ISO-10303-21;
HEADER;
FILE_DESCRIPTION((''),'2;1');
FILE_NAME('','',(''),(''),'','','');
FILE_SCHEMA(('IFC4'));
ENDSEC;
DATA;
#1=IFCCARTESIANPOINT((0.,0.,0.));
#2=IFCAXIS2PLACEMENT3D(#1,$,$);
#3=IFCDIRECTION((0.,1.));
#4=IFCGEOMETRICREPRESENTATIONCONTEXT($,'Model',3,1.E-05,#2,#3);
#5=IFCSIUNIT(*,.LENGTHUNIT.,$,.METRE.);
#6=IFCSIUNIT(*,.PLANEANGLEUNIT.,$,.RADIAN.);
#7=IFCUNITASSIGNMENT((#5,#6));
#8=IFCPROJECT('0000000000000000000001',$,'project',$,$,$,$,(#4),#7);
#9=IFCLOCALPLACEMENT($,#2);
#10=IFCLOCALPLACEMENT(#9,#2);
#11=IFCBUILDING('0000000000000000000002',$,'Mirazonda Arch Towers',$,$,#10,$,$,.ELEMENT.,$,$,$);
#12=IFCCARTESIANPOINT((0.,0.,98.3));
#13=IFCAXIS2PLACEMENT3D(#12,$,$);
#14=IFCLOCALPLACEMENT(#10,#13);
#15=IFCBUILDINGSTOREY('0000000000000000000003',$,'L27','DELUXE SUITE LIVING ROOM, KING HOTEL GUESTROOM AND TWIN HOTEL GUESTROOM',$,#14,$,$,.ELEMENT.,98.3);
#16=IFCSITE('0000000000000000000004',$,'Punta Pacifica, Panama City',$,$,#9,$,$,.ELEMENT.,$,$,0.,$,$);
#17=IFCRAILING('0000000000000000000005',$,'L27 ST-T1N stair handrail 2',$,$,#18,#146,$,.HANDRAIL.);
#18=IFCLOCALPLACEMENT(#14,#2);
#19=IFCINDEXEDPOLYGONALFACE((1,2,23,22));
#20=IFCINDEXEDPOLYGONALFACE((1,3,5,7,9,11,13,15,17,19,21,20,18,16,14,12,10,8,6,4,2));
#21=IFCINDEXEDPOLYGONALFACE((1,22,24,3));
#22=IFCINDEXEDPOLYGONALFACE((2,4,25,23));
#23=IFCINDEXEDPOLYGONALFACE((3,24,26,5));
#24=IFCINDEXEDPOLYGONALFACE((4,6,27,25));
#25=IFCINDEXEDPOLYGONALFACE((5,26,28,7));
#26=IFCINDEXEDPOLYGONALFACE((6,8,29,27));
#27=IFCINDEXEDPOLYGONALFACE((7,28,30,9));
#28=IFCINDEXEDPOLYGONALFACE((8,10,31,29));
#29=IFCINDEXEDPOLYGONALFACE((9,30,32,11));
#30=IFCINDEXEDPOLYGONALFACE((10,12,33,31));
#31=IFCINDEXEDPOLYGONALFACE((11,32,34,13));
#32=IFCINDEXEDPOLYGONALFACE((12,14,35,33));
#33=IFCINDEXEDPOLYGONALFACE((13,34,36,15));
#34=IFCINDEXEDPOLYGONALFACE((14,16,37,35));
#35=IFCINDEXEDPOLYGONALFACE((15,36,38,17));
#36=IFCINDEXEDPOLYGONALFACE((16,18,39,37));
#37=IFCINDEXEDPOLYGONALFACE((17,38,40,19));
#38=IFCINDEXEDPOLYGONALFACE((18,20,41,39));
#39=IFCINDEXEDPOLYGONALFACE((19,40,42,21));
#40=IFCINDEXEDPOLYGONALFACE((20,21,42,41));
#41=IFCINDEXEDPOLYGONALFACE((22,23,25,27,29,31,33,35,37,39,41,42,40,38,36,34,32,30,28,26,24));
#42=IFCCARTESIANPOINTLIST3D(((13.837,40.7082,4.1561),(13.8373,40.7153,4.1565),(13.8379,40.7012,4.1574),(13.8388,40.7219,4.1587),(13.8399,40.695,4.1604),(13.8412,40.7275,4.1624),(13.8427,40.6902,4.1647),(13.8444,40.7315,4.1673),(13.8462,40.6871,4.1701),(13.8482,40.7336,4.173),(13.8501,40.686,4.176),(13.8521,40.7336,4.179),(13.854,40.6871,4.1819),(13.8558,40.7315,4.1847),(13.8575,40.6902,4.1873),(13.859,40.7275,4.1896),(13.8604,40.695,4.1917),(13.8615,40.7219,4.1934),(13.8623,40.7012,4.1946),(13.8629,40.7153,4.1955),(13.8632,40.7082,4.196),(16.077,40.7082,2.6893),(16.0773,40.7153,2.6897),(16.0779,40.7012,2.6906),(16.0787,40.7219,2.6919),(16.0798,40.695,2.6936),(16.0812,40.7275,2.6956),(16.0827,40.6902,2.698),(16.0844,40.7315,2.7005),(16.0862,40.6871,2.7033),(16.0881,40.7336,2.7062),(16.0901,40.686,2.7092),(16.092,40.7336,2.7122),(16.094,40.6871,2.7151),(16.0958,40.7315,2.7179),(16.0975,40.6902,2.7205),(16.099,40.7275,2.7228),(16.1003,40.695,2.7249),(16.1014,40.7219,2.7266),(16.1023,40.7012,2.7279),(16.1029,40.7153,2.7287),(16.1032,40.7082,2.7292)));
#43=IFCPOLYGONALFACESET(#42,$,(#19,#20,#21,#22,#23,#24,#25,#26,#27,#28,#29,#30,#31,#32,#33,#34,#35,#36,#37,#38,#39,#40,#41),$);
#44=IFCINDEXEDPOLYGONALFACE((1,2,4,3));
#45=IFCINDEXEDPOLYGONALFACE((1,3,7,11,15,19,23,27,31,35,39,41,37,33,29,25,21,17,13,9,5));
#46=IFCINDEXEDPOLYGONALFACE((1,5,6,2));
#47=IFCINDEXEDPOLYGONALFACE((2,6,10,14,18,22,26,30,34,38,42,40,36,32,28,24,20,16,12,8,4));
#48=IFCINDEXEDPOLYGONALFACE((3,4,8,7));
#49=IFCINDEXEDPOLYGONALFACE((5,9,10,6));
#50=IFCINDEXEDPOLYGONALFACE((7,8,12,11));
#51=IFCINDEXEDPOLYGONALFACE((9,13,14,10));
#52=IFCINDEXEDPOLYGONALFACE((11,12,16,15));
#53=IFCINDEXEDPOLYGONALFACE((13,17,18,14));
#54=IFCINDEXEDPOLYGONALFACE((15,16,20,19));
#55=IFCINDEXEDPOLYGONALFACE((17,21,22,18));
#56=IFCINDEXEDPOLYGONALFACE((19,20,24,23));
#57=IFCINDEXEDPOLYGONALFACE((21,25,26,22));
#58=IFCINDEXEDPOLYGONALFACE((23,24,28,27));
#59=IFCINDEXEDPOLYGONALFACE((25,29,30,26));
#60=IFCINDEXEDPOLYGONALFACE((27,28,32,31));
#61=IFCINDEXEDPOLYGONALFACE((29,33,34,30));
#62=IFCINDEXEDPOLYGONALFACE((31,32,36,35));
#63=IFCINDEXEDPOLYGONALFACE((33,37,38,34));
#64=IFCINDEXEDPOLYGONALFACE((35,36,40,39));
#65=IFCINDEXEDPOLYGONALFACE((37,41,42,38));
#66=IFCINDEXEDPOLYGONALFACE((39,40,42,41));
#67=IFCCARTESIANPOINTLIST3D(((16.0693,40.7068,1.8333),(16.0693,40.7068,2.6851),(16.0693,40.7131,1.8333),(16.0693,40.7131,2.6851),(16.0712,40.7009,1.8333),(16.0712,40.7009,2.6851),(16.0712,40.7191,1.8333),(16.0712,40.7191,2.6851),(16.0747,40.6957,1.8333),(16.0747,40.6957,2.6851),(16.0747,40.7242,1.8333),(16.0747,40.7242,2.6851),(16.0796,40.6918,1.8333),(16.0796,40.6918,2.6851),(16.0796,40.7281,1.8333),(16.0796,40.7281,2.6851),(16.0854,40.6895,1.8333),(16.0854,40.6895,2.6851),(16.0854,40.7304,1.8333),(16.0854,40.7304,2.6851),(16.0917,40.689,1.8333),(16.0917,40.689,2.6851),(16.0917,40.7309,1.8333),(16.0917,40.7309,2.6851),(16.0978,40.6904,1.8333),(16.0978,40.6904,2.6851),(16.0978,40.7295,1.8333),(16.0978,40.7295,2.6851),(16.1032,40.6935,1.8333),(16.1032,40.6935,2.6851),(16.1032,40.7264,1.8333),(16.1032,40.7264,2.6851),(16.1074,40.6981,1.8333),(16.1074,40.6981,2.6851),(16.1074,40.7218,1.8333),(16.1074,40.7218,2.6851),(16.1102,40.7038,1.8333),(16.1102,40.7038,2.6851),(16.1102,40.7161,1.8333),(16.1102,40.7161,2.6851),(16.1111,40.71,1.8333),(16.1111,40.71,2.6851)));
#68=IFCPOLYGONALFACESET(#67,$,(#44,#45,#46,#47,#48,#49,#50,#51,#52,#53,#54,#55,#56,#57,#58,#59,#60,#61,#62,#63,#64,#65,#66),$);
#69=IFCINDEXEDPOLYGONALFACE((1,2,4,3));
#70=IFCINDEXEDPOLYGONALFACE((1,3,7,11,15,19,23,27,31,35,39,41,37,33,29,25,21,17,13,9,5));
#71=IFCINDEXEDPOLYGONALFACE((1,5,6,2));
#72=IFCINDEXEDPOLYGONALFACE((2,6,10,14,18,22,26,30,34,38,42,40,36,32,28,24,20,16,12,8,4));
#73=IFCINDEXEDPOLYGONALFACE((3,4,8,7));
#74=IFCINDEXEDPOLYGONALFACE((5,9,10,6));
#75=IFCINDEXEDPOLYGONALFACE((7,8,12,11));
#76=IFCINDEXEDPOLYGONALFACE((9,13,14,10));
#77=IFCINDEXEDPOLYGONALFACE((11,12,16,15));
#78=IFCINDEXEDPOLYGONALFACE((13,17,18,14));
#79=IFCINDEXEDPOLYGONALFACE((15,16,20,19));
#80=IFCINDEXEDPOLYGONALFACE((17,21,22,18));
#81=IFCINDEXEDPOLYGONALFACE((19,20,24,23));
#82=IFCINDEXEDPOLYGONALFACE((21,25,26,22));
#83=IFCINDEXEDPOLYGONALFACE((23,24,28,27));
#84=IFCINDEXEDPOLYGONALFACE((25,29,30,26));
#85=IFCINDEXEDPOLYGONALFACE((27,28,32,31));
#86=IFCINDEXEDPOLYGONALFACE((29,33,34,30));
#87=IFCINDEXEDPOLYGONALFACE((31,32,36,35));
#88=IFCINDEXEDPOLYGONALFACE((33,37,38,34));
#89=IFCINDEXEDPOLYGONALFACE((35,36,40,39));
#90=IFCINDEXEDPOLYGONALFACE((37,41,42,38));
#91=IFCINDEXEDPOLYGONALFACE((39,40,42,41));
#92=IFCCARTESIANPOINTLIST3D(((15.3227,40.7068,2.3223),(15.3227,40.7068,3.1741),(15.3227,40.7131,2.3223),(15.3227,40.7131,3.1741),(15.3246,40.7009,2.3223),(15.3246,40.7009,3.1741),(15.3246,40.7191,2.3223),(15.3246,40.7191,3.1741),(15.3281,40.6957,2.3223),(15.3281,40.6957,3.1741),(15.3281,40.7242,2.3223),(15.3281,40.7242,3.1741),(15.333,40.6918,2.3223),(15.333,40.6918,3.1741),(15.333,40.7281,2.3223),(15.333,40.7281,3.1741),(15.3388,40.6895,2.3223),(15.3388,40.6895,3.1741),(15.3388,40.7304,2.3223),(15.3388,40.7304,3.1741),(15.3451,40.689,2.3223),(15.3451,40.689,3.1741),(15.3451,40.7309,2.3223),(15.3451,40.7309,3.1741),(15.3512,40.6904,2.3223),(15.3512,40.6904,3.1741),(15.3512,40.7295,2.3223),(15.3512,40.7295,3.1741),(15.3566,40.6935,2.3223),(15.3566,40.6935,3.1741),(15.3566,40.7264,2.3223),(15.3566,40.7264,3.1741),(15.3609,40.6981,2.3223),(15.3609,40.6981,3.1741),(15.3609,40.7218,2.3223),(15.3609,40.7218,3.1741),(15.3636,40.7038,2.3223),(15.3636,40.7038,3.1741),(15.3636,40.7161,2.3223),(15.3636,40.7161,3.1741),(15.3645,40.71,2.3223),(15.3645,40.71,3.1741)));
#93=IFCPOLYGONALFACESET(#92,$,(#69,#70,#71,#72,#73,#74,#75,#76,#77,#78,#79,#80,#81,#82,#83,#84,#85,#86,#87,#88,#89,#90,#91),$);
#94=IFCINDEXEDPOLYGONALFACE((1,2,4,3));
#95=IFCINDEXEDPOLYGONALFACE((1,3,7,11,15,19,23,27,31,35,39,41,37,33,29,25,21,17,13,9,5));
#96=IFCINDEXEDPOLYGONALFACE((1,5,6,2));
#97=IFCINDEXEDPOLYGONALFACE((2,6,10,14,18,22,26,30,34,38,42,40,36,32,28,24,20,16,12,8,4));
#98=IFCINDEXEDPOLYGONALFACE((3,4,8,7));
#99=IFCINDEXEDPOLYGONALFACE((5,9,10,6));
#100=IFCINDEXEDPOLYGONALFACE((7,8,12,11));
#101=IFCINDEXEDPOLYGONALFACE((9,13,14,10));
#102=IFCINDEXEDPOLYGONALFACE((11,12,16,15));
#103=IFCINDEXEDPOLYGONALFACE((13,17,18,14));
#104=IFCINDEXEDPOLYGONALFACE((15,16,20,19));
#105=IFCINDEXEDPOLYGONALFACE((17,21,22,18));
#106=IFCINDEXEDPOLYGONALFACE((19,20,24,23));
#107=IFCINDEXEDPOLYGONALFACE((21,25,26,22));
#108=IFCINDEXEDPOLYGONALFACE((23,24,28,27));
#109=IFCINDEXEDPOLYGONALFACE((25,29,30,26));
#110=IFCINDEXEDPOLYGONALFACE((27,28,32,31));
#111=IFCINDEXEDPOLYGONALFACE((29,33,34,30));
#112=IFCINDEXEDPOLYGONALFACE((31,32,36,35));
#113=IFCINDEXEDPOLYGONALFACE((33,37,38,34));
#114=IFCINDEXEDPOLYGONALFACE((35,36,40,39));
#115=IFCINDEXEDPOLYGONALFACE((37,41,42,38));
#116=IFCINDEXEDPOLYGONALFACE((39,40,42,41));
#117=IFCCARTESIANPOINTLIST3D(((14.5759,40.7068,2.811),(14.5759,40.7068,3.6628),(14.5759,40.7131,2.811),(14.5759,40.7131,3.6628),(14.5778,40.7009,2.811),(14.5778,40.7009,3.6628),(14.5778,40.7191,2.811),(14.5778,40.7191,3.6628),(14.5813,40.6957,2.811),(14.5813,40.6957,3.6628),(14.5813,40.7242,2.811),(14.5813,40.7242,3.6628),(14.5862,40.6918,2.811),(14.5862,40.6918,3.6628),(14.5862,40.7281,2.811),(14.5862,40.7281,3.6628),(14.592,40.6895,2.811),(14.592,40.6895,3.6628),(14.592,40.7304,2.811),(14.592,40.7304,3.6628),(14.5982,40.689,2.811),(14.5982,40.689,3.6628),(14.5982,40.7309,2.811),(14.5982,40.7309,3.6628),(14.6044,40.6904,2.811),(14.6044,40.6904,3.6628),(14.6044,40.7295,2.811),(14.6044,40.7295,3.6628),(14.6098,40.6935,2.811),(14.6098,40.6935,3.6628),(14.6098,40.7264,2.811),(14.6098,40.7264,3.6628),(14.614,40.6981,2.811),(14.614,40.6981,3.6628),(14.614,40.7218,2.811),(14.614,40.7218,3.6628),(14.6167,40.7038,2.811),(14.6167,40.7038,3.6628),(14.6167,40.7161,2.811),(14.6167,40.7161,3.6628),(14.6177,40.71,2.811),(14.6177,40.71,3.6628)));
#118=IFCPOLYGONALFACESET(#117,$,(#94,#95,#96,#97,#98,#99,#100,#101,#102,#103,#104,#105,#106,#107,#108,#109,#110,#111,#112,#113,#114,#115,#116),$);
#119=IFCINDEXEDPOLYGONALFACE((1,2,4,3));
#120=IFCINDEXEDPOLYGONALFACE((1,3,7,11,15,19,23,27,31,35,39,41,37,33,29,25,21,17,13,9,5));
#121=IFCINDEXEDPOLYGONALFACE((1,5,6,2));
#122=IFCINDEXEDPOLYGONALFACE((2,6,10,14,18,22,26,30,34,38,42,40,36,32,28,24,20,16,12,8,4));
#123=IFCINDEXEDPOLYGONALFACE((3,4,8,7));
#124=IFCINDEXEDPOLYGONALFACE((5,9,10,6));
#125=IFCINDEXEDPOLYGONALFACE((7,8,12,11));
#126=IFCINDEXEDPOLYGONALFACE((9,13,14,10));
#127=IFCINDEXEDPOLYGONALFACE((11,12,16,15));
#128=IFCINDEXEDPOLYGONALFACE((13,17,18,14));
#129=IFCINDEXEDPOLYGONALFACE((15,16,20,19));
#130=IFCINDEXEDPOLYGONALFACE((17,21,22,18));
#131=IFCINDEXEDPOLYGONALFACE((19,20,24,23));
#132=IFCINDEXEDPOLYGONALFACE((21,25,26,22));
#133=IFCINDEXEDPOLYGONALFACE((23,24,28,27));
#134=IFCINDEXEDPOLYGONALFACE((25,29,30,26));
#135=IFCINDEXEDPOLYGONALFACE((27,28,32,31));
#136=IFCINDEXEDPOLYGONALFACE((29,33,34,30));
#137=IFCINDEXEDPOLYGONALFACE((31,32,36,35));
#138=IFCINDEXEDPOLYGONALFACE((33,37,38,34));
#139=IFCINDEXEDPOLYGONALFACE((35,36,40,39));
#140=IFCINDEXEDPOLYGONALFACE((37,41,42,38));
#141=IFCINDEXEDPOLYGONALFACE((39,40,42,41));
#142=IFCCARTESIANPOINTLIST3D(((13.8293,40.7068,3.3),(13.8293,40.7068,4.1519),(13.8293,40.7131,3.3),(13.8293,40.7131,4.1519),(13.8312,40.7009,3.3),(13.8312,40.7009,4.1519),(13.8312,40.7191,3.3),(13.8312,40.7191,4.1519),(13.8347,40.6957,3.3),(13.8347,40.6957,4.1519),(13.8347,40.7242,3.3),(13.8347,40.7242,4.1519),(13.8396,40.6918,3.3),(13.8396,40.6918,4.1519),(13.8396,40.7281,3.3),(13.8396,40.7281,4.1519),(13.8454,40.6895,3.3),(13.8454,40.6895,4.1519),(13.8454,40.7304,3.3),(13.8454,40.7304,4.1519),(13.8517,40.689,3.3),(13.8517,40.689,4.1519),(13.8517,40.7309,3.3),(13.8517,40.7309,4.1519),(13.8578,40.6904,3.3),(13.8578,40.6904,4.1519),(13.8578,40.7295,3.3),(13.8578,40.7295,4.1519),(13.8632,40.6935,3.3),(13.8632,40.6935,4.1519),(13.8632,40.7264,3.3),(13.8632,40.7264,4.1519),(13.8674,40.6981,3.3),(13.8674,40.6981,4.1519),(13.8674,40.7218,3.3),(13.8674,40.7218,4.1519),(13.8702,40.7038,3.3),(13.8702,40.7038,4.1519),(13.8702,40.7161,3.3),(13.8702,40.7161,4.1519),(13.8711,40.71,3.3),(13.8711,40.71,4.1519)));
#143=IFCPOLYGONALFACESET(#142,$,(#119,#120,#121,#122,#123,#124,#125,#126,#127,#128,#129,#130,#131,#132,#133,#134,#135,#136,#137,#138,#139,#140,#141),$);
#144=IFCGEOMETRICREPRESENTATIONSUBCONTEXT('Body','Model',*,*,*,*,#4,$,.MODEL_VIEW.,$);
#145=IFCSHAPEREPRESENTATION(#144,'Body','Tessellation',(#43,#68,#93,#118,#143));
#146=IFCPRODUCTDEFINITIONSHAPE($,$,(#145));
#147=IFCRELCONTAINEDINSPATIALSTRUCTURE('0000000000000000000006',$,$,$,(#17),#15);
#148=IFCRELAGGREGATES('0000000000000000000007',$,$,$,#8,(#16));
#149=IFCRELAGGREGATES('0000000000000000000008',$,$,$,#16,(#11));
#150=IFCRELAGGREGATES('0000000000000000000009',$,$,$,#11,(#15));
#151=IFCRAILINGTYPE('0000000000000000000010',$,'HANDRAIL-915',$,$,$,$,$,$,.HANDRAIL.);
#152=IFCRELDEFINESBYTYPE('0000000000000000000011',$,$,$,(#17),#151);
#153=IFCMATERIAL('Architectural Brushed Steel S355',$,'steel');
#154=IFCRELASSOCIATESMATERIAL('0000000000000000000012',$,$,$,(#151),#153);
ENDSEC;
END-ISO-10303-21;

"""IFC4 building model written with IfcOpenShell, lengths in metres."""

from ifc_helpers import new_model, si_unit, direction, frame, origin, origin_2d, place, context, subcontext, project, spatial, circle, extrude, material, type_object, element, save


model = new_model("IFC4")

# Units and contexts
model_context = context("Model", 3, precision=1e-05, world=origin(), true_north=direction((0.0, 1.0)))
body_context = subcontext(model_context, "Body", "Model", "MODEL_VIEW")
ifc_project = project(units=[si_unit("LENGTHUNIT", "METRE"), si_unit("PLANEANGLEUNIT", "RADIAN")], contexts=[model_context])

# Site, building, storey
site_placement = place(None, origin())
site = spatial("IfcSite", under=ifc_project, at=site_placement, Name="Punta Pacifica, Panama City", CompositionType="ELEMENT", RefElevation=0.0)
building_placement = place(site_placement, origin())
building = spatial("IfcBuilding", under=site, at=building_placement, Name="Mirazonda Arch Towers", CompositionType="ELEMENT")
storey_placement = place(building_placement, frame((0.0, 0.0, 98.3)))
storey = spatial("IfcBuildingStorey", under=building, at=storey_placement, Name="L27", Description="DELUXE SUITE LIVING ROOM, KING HOTEL GUESTROOM AND TWIN HOTEL GUESTROOM", CompositionType="ELEMENT", Elevation=98.3)

# Shared definitions
ifc_material_1 = material(Name="Architectural Brushed Steel S355", Category="steel")

# Railing
railing_type_1 = type_object("IfcRailingType", Name="HANDRAIL-915", PredefinedType="HANDRAIL", material=ifc_material_1)
railing_1_placement = place(storey_placement, frame((16.0901, 40.71, 1.8333)))
element("IfcRailing", 1, at=railing_1_placement, inside=storey, type_object=railing_type_1, Name="L27 ST-T1N stair handrail 2", PredefinedType="HANDRAIL", context=body_context, shape_type="SweptSolid", body=[
    extrude(circle(Radius=0.0239, at=origin_2d()), frame((0.0, 0.0, 0.876), z_axis=(-0.836595, 0.0, 0.547822), x_axis=(0.0, -1.0, 0.0)), (0.0, 0.0, 1.0), 2.6775),
    extrude(circle(Radius=0.021, at=origin_2d()), origin(), (0.0, 0.0, 1.0), 0.8518),
    extrude(circle(Radius=0.021, at=origin_2d()), frame((-0.7466, 0.0, 0.489)), (0.0, 0.0, 1.0), 0.8518),
    extrude(circle(Radius=0.021, at=origin_2d()), frame((-1.4934, 0.0, 0.9778)), (0.0, 0.0, 1.0), 0.8518),
    extrude(circle(Radius=0.021, at=origin_2d()), frame((-2.24, 0.0, 1.4668)), (0.0, 0.0, 1.0), 0.8518),
])

save(model, "model.ifc")
